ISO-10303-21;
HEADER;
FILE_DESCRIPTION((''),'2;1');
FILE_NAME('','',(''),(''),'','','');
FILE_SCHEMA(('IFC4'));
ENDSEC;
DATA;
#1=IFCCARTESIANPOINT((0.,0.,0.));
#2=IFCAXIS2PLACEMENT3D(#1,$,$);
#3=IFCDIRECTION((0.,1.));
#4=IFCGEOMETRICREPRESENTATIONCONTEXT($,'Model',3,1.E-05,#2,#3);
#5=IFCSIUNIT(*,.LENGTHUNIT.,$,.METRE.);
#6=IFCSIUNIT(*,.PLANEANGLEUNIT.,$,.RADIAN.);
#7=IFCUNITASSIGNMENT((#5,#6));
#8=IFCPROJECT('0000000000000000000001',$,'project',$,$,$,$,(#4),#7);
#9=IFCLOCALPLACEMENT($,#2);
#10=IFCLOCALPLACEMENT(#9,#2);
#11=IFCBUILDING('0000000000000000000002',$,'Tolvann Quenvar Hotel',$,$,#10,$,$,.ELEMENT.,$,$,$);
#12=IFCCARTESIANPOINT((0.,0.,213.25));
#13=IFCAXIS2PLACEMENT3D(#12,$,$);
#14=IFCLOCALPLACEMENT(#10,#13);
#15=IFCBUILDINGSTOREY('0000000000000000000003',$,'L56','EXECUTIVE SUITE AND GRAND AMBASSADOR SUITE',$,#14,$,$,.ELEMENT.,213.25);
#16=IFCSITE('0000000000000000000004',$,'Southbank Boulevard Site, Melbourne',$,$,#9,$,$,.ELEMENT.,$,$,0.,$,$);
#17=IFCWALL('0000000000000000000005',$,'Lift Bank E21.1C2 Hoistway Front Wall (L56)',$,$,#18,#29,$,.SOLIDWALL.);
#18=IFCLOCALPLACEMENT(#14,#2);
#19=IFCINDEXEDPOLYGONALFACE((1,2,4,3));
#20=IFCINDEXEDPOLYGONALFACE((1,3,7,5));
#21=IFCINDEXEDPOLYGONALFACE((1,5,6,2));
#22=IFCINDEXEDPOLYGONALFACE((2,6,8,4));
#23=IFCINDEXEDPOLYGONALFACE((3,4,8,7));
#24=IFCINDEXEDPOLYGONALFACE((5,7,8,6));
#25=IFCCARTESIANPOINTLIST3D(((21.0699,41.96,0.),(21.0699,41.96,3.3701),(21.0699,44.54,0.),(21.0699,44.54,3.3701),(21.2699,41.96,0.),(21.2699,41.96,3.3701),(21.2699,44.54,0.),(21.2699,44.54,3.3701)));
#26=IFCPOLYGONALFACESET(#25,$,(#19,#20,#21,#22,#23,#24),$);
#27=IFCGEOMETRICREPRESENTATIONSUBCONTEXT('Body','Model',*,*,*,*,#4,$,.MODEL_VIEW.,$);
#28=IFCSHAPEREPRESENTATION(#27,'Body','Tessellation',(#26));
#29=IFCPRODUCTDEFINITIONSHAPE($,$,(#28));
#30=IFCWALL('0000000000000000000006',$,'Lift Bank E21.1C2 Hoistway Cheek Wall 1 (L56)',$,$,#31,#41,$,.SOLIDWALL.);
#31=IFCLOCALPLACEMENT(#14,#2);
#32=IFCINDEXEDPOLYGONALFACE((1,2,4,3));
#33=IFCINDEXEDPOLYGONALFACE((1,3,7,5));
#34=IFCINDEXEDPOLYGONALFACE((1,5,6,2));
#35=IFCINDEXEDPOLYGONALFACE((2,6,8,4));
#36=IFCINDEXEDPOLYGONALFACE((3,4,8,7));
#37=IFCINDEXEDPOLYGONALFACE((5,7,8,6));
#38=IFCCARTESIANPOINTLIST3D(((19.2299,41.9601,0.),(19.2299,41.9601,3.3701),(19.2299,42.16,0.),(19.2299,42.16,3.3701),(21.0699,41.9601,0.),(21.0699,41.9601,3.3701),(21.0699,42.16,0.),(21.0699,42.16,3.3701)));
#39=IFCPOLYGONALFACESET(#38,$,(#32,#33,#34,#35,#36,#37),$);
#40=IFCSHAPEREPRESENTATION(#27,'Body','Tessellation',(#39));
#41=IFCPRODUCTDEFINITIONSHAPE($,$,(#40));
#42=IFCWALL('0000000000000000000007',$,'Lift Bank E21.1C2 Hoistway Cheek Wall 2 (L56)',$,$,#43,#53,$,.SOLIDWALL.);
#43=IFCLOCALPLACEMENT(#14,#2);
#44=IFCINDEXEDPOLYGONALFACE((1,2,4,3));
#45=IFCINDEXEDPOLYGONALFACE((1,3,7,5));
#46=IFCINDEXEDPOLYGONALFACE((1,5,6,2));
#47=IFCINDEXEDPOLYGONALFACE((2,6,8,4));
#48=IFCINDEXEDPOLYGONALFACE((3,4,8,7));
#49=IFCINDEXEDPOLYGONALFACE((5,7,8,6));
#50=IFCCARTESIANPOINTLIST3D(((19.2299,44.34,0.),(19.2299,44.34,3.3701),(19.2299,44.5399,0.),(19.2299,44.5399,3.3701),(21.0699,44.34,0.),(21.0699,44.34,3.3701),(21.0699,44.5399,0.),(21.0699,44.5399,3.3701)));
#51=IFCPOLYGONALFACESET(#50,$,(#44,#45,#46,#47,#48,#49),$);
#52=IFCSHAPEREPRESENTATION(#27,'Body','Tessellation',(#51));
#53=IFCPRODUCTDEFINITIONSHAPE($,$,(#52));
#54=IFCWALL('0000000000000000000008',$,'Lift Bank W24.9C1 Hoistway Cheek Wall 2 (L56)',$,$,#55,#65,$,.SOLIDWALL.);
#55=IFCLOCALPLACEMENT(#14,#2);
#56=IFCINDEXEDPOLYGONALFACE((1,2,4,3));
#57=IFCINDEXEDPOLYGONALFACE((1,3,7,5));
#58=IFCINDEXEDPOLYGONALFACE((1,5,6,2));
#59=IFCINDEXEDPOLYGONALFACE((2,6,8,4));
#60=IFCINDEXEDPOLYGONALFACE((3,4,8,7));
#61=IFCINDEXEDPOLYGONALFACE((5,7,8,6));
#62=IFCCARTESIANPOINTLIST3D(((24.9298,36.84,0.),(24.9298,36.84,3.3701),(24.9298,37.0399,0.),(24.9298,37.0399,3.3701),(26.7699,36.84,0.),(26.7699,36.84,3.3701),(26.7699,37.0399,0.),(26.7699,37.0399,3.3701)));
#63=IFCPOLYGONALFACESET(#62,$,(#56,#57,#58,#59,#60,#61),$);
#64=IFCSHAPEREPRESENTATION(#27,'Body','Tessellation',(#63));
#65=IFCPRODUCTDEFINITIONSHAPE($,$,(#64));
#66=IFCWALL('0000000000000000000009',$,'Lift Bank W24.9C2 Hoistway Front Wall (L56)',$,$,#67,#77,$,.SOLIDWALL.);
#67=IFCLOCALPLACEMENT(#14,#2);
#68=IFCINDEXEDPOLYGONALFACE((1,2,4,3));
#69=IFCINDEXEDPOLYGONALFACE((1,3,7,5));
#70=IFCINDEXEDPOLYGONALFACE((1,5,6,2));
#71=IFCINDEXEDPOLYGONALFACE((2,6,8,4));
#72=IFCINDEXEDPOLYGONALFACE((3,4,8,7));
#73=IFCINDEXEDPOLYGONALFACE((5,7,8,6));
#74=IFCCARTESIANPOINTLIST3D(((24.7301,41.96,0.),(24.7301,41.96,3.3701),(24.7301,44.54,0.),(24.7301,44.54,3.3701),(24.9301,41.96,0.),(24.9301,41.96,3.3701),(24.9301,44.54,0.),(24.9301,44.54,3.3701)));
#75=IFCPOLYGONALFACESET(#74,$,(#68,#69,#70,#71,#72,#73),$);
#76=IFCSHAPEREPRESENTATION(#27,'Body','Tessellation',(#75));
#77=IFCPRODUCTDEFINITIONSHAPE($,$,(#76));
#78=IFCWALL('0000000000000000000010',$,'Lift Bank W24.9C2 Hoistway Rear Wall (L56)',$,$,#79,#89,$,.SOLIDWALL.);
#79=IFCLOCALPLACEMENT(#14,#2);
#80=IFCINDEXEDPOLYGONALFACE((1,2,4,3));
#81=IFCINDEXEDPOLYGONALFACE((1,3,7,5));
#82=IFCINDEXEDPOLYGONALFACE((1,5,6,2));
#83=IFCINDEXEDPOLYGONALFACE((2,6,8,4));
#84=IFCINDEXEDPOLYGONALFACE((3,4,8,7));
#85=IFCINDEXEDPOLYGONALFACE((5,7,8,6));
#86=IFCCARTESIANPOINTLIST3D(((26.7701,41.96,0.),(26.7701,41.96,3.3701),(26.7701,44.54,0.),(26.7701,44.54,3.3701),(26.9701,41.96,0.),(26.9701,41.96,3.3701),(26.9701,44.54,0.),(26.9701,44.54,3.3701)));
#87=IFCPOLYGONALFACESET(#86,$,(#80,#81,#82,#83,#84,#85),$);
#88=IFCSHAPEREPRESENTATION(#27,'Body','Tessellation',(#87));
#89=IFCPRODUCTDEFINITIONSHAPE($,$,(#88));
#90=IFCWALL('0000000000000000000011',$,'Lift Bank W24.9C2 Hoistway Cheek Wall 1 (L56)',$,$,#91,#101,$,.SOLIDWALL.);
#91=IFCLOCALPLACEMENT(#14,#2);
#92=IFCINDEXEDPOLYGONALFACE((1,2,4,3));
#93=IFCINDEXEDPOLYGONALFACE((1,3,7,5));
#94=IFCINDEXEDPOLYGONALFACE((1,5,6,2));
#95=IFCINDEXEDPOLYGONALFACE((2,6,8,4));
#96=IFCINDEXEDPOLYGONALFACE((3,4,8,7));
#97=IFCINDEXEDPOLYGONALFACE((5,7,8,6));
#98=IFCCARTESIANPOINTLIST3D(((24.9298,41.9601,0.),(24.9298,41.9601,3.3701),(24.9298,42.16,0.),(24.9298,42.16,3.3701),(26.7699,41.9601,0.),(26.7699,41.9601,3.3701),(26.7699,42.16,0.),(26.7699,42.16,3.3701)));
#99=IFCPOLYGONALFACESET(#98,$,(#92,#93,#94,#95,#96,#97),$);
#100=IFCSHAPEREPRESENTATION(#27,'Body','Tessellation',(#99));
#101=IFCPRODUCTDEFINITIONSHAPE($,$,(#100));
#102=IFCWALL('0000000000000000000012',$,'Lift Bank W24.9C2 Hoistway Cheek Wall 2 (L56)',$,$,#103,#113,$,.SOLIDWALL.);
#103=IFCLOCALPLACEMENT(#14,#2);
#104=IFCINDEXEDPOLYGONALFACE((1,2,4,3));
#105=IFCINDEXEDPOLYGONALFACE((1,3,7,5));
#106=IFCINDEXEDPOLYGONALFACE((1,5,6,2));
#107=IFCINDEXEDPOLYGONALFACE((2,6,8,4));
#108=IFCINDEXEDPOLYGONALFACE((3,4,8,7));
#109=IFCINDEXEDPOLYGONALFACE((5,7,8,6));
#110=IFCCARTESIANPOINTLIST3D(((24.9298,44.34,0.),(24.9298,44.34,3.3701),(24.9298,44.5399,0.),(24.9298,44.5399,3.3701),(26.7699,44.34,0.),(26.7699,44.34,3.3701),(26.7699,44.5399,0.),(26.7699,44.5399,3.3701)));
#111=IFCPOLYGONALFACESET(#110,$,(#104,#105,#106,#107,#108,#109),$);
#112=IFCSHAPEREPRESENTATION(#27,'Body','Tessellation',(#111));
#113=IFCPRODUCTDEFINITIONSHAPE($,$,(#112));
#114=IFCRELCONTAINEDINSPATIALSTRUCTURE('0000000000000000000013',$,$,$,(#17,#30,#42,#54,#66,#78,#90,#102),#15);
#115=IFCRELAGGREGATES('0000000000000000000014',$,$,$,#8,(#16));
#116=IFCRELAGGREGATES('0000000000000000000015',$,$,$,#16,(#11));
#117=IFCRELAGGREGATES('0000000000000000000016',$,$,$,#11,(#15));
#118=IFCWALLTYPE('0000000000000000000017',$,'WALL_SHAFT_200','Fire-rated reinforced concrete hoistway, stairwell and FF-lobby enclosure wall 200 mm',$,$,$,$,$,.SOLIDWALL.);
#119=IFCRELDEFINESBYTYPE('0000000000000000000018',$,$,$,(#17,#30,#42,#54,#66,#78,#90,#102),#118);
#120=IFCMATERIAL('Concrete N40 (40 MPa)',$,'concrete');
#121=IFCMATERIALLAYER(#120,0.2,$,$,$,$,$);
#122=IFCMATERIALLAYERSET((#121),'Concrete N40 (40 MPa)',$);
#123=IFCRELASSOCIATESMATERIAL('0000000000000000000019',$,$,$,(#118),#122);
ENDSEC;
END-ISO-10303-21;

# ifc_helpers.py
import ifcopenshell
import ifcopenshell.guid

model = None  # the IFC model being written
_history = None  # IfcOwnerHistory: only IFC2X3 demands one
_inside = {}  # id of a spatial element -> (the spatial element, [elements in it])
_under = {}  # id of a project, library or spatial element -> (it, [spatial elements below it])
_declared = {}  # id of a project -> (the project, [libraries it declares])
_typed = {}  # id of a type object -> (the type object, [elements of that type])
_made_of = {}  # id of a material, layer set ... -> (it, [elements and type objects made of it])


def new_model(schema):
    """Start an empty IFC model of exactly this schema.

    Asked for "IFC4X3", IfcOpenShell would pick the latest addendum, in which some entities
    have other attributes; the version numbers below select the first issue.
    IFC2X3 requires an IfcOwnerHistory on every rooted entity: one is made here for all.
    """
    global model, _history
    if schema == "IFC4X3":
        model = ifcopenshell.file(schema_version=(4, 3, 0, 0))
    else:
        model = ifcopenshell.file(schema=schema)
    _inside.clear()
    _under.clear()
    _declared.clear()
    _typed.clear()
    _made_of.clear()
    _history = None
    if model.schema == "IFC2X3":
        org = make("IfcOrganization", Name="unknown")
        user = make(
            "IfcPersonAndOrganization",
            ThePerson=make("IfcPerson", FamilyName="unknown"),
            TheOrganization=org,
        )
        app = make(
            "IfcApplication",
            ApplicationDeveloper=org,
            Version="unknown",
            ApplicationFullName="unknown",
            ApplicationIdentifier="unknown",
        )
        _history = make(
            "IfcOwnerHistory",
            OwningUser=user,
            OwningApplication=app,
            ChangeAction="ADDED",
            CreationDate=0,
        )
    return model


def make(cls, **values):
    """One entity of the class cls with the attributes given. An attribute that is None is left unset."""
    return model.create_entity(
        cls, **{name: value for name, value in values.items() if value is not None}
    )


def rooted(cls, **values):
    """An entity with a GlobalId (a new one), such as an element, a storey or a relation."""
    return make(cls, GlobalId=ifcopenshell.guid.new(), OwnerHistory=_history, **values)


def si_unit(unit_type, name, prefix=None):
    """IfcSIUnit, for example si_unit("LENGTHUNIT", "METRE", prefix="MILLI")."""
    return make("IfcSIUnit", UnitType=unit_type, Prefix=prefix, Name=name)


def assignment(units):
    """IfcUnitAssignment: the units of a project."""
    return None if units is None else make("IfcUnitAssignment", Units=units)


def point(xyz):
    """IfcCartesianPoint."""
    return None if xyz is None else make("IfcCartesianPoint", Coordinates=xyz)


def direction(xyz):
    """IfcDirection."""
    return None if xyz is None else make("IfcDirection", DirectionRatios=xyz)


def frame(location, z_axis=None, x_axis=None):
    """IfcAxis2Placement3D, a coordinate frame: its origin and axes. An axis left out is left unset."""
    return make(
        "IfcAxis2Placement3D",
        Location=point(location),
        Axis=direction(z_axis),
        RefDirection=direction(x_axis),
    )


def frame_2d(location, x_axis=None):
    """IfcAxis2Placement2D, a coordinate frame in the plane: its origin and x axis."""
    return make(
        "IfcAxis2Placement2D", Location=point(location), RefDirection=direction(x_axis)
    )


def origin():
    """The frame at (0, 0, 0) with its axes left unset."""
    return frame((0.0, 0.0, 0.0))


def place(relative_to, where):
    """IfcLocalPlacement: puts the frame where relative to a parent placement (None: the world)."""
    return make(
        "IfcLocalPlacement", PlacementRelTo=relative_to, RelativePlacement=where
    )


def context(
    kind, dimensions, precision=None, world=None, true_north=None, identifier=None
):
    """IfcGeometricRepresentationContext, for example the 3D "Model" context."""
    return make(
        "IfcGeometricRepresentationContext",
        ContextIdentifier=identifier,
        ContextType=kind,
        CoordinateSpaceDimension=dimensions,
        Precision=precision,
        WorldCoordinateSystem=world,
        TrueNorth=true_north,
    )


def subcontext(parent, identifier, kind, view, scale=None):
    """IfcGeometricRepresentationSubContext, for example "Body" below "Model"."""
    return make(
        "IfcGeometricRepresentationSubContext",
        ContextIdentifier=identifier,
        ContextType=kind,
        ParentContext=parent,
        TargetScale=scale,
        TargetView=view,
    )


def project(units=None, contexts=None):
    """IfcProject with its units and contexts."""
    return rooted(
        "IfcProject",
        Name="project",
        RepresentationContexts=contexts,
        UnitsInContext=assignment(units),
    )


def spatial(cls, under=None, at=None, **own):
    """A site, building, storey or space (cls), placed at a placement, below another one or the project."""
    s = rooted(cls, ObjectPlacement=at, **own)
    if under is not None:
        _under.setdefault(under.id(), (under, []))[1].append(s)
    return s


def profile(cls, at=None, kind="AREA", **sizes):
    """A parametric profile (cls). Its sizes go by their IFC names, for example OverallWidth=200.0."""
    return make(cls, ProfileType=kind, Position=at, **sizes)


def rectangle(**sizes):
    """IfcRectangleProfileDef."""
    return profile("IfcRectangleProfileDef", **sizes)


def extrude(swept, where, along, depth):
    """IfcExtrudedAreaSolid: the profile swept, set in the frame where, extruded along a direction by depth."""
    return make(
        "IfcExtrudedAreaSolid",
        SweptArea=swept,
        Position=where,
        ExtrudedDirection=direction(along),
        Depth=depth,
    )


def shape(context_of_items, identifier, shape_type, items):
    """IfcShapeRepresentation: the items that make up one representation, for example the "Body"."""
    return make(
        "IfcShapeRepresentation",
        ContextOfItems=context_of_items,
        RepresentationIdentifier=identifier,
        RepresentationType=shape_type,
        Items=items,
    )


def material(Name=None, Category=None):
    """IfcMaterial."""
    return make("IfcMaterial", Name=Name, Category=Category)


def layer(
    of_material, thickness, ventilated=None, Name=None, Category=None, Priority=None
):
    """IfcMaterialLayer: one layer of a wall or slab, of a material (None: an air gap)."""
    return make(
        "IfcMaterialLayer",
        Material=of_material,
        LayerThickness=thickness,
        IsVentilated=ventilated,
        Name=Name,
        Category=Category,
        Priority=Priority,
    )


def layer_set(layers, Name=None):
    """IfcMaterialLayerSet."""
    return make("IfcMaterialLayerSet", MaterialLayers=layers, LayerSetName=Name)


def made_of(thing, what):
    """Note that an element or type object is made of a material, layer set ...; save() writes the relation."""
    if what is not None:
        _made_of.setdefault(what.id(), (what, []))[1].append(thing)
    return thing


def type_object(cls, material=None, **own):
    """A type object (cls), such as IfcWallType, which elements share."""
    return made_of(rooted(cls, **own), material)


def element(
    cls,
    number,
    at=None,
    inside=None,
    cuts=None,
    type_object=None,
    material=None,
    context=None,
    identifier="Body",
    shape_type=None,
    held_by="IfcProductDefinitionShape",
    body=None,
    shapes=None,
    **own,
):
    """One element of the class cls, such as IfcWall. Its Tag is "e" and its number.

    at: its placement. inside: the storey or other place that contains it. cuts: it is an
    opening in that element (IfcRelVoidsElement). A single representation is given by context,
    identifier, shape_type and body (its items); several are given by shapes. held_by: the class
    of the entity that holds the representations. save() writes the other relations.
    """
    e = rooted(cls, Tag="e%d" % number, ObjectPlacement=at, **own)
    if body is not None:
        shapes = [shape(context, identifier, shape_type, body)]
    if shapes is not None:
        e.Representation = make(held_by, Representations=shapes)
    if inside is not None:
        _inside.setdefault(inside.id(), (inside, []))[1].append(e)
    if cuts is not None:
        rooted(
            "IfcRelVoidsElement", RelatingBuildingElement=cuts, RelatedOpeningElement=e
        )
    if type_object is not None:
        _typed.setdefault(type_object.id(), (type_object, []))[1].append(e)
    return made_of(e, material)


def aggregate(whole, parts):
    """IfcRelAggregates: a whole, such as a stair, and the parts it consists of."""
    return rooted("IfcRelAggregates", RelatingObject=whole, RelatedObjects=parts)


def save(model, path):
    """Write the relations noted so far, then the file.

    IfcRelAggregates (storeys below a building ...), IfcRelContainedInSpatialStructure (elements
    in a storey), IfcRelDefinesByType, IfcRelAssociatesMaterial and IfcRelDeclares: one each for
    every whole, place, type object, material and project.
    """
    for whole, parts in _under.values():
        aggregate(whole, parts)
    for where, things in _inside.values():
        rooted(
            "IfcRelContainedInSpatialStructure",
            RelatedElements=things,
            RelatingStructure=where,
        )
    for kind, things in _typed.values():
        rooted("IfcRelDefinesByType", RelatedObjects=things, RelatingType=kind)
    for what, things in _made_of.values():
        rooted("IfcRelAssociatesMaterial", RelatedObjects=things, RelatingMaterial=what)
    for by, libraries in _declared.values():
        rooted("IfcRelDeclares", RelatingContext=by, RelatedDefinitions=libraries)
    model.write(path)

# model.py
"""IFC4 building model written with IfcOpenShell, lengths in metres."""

from ifc_helpers import new_model, si_unit, direction, frame, frame_2d, origin, place, context, subcontext, project, spatial, rectangle, extrude, material, layer, layer_set, type_object, element, save


model = new_model("IFC4")

# Units and contexts
model_context = context("Model", 3, precision=1e-05, world=origin(), true_north=direction((0.0, 1.0)))
body_context = subcontext(model_context, "Body", "Model", "MODEL_VIEW")
ifc_project = project(units=[si_unit("LENGTHUNIT", "METRE"), si_unit("PLANEANGLEUNIT", "RADIAN")], contexts=[model_context])

# Site, building, storey
site_placement = place(None, origin())
site = spatial("IfcSite", under=ifc_project, at=site_placement, Name="Southbank Boulevard Site, Melbourne", CompositionType="ELEMENT", RefElevation=0.0)
building_placement = place(site_placement, origin())
building = spatial("IfcBuilding", under=site, at=building_placement, Name="Tolvann Quenvar Hotel", CompositionType="ELEMENT")
storey_placement = place(building_placement, frame((0.0, 0.0, 213.25)))
storey = spatial("IfcBuildingStorey", under=building, at=storey_placement, Name="L56", Description="EXECUTIVE SUITE AND GRAND AMBASSADOR SUITE", CompositionType="ELEMENT", Elevation=213.25)

# Walls
ifc_material_1 = material(Name="Concrete N40 (40 MPa)", Category="concrete")
ifc_layer_1 = layer(ifc_material_1, 0.2)
ifc_layer_set_1 = layer_set([ifc_layer_1], Name="Concrete N40 (40 MPa)")
wall_type_1 = type_object("IfcWallType", Name="WALL_SHAFT_200", Description="Fire-rated reinforced concrete hoistway, stairwell and FF-lobby enclosure wall 200 mm", PredefinedType="SOLIDWALL", material=ifc_layer_set_1)
wall_1_placement = place(storey_placement, frame((21.1699, 41.96, 0.0), z_axis=(0.0, 0.0, 1.0), x_axis=(0.0, 1.0, 0.0)))
element("IfcWall", 1, at=wall_1_placement, inside=storey, type_object=wall_type_1, Name="Lift Bank E21.1C2 Hoistway Front Wall (L56)", PredefinedType="SOLIDWALL", context=body_context, shape_type="SweptSolid", body=[
    extrude(rectangle(XDim=2.5801, YDim=0.2, at=frame_2d((1.29, 0.0))), origin(), (0.0, 0.0, 1.0), 3.3701),
])
for number, where, z_axis, x_axis, name in (
    (2, (19.23, 42.0601, 0.0), (0.0, 0.0, 1.0), (1.0, 0.0, 0.0), "Lift Bank E21.1C2 Hoistway Cheek Wall 1 (L56)"),
    (3, (19.23, 44.4399, 0.0), (0.0, 0.0, 1.0), (1.0, 0.0, 0.0), "Lift Bank E21.1C2 Hoistway Cheek Wall 2 (L56)"),
    (4, (24.9299, 36.9399, 0.0), (0.0, 0.0, 1.0), (1.0, 0.0, 0.0), "Lift Bank W24.9C1 Hoistway Cheek Wall 2 (L56)"),
):
    element("IfcWall", number, at=place(storey_placement, frame(where, z_axis=z_axis, x_axis=x_axis)), inside=storey, type_object=wall_type_1, Name=name, PredefinedType="SOLIDWALL", context=body_context, shape_type="SweptSolid", body=[
        extrude(rectangle(XDim=1.8401, YDim=0.2, at=frame_2d((0.9199, 0.0))), origin(), (0.0, 0.0, 1.0), 3.3701),
    ])
for number, where, z_axis, x_axis, name in (
    (5, (24.8301, 41.96, 0.0), (0.0, 0.0, 1.0), (0.0, 1.0, 0.0), "Lift Bank W24.9C2 Hoistway Front Wall (L56)"),
    (6, (26.8701, 41.96, 0.0), (0.0, 0.0, 1.0), (0.0, 1.0, 0.0), "Lift Bank W24.9C2 Hoistway Rear Wall (L56)"),
):
    element("IfcWall", number, at=place(storey_placement, frame(where, z_axis=z_axis, x_axis=x_axis)), inside=storey, type_object=wall_type_1, Name=name, PredefinedType="SOLIDWALL", context=body_context, shape_type="SweptSolid", body=[
        extrude(rectangle(XDim=2.5801, YDim=0.2, at=frame_2d((1.29, 0.0))), origin(), (0.0, 0.0, 1.0), 3.3701),
    ])
for number, where, z_axis, x_axis, name in (
    (7, (24.9299, 42.0601, 0.0), (0.0, 0.0, 1.0), (1.0, 0.0, 0.0), "Lift Bank W24.9C2 Hoistway Cheek Wall 1 (L56)"),
    (8, (24.9299, 44.4399, 0.0), (0.0, 0.0, 1.0), (1.0, 0.0, 0.0), "Lift Bank W24.9C2 Hoistway Cheek Wall 2 (L56)"),
):
    element("IfcWall", number, at=place(storey_placement, frame(where, z_axis=z_axis, x_axis=x_axis)), inside=storey, type_object=wall_type_1, Name=name, PredefinedType="SOLIDWALL", context=body_context, shape_type="SweptSolid", body=[
        extrude(rectangle(XDim=1.8401, YDim=0.2, at=frame_2d((0.9199, 0.0))), origin(), (0.0, 0.0, 1.0), 3.3701),
    ])

save(model, "model.ifc")
